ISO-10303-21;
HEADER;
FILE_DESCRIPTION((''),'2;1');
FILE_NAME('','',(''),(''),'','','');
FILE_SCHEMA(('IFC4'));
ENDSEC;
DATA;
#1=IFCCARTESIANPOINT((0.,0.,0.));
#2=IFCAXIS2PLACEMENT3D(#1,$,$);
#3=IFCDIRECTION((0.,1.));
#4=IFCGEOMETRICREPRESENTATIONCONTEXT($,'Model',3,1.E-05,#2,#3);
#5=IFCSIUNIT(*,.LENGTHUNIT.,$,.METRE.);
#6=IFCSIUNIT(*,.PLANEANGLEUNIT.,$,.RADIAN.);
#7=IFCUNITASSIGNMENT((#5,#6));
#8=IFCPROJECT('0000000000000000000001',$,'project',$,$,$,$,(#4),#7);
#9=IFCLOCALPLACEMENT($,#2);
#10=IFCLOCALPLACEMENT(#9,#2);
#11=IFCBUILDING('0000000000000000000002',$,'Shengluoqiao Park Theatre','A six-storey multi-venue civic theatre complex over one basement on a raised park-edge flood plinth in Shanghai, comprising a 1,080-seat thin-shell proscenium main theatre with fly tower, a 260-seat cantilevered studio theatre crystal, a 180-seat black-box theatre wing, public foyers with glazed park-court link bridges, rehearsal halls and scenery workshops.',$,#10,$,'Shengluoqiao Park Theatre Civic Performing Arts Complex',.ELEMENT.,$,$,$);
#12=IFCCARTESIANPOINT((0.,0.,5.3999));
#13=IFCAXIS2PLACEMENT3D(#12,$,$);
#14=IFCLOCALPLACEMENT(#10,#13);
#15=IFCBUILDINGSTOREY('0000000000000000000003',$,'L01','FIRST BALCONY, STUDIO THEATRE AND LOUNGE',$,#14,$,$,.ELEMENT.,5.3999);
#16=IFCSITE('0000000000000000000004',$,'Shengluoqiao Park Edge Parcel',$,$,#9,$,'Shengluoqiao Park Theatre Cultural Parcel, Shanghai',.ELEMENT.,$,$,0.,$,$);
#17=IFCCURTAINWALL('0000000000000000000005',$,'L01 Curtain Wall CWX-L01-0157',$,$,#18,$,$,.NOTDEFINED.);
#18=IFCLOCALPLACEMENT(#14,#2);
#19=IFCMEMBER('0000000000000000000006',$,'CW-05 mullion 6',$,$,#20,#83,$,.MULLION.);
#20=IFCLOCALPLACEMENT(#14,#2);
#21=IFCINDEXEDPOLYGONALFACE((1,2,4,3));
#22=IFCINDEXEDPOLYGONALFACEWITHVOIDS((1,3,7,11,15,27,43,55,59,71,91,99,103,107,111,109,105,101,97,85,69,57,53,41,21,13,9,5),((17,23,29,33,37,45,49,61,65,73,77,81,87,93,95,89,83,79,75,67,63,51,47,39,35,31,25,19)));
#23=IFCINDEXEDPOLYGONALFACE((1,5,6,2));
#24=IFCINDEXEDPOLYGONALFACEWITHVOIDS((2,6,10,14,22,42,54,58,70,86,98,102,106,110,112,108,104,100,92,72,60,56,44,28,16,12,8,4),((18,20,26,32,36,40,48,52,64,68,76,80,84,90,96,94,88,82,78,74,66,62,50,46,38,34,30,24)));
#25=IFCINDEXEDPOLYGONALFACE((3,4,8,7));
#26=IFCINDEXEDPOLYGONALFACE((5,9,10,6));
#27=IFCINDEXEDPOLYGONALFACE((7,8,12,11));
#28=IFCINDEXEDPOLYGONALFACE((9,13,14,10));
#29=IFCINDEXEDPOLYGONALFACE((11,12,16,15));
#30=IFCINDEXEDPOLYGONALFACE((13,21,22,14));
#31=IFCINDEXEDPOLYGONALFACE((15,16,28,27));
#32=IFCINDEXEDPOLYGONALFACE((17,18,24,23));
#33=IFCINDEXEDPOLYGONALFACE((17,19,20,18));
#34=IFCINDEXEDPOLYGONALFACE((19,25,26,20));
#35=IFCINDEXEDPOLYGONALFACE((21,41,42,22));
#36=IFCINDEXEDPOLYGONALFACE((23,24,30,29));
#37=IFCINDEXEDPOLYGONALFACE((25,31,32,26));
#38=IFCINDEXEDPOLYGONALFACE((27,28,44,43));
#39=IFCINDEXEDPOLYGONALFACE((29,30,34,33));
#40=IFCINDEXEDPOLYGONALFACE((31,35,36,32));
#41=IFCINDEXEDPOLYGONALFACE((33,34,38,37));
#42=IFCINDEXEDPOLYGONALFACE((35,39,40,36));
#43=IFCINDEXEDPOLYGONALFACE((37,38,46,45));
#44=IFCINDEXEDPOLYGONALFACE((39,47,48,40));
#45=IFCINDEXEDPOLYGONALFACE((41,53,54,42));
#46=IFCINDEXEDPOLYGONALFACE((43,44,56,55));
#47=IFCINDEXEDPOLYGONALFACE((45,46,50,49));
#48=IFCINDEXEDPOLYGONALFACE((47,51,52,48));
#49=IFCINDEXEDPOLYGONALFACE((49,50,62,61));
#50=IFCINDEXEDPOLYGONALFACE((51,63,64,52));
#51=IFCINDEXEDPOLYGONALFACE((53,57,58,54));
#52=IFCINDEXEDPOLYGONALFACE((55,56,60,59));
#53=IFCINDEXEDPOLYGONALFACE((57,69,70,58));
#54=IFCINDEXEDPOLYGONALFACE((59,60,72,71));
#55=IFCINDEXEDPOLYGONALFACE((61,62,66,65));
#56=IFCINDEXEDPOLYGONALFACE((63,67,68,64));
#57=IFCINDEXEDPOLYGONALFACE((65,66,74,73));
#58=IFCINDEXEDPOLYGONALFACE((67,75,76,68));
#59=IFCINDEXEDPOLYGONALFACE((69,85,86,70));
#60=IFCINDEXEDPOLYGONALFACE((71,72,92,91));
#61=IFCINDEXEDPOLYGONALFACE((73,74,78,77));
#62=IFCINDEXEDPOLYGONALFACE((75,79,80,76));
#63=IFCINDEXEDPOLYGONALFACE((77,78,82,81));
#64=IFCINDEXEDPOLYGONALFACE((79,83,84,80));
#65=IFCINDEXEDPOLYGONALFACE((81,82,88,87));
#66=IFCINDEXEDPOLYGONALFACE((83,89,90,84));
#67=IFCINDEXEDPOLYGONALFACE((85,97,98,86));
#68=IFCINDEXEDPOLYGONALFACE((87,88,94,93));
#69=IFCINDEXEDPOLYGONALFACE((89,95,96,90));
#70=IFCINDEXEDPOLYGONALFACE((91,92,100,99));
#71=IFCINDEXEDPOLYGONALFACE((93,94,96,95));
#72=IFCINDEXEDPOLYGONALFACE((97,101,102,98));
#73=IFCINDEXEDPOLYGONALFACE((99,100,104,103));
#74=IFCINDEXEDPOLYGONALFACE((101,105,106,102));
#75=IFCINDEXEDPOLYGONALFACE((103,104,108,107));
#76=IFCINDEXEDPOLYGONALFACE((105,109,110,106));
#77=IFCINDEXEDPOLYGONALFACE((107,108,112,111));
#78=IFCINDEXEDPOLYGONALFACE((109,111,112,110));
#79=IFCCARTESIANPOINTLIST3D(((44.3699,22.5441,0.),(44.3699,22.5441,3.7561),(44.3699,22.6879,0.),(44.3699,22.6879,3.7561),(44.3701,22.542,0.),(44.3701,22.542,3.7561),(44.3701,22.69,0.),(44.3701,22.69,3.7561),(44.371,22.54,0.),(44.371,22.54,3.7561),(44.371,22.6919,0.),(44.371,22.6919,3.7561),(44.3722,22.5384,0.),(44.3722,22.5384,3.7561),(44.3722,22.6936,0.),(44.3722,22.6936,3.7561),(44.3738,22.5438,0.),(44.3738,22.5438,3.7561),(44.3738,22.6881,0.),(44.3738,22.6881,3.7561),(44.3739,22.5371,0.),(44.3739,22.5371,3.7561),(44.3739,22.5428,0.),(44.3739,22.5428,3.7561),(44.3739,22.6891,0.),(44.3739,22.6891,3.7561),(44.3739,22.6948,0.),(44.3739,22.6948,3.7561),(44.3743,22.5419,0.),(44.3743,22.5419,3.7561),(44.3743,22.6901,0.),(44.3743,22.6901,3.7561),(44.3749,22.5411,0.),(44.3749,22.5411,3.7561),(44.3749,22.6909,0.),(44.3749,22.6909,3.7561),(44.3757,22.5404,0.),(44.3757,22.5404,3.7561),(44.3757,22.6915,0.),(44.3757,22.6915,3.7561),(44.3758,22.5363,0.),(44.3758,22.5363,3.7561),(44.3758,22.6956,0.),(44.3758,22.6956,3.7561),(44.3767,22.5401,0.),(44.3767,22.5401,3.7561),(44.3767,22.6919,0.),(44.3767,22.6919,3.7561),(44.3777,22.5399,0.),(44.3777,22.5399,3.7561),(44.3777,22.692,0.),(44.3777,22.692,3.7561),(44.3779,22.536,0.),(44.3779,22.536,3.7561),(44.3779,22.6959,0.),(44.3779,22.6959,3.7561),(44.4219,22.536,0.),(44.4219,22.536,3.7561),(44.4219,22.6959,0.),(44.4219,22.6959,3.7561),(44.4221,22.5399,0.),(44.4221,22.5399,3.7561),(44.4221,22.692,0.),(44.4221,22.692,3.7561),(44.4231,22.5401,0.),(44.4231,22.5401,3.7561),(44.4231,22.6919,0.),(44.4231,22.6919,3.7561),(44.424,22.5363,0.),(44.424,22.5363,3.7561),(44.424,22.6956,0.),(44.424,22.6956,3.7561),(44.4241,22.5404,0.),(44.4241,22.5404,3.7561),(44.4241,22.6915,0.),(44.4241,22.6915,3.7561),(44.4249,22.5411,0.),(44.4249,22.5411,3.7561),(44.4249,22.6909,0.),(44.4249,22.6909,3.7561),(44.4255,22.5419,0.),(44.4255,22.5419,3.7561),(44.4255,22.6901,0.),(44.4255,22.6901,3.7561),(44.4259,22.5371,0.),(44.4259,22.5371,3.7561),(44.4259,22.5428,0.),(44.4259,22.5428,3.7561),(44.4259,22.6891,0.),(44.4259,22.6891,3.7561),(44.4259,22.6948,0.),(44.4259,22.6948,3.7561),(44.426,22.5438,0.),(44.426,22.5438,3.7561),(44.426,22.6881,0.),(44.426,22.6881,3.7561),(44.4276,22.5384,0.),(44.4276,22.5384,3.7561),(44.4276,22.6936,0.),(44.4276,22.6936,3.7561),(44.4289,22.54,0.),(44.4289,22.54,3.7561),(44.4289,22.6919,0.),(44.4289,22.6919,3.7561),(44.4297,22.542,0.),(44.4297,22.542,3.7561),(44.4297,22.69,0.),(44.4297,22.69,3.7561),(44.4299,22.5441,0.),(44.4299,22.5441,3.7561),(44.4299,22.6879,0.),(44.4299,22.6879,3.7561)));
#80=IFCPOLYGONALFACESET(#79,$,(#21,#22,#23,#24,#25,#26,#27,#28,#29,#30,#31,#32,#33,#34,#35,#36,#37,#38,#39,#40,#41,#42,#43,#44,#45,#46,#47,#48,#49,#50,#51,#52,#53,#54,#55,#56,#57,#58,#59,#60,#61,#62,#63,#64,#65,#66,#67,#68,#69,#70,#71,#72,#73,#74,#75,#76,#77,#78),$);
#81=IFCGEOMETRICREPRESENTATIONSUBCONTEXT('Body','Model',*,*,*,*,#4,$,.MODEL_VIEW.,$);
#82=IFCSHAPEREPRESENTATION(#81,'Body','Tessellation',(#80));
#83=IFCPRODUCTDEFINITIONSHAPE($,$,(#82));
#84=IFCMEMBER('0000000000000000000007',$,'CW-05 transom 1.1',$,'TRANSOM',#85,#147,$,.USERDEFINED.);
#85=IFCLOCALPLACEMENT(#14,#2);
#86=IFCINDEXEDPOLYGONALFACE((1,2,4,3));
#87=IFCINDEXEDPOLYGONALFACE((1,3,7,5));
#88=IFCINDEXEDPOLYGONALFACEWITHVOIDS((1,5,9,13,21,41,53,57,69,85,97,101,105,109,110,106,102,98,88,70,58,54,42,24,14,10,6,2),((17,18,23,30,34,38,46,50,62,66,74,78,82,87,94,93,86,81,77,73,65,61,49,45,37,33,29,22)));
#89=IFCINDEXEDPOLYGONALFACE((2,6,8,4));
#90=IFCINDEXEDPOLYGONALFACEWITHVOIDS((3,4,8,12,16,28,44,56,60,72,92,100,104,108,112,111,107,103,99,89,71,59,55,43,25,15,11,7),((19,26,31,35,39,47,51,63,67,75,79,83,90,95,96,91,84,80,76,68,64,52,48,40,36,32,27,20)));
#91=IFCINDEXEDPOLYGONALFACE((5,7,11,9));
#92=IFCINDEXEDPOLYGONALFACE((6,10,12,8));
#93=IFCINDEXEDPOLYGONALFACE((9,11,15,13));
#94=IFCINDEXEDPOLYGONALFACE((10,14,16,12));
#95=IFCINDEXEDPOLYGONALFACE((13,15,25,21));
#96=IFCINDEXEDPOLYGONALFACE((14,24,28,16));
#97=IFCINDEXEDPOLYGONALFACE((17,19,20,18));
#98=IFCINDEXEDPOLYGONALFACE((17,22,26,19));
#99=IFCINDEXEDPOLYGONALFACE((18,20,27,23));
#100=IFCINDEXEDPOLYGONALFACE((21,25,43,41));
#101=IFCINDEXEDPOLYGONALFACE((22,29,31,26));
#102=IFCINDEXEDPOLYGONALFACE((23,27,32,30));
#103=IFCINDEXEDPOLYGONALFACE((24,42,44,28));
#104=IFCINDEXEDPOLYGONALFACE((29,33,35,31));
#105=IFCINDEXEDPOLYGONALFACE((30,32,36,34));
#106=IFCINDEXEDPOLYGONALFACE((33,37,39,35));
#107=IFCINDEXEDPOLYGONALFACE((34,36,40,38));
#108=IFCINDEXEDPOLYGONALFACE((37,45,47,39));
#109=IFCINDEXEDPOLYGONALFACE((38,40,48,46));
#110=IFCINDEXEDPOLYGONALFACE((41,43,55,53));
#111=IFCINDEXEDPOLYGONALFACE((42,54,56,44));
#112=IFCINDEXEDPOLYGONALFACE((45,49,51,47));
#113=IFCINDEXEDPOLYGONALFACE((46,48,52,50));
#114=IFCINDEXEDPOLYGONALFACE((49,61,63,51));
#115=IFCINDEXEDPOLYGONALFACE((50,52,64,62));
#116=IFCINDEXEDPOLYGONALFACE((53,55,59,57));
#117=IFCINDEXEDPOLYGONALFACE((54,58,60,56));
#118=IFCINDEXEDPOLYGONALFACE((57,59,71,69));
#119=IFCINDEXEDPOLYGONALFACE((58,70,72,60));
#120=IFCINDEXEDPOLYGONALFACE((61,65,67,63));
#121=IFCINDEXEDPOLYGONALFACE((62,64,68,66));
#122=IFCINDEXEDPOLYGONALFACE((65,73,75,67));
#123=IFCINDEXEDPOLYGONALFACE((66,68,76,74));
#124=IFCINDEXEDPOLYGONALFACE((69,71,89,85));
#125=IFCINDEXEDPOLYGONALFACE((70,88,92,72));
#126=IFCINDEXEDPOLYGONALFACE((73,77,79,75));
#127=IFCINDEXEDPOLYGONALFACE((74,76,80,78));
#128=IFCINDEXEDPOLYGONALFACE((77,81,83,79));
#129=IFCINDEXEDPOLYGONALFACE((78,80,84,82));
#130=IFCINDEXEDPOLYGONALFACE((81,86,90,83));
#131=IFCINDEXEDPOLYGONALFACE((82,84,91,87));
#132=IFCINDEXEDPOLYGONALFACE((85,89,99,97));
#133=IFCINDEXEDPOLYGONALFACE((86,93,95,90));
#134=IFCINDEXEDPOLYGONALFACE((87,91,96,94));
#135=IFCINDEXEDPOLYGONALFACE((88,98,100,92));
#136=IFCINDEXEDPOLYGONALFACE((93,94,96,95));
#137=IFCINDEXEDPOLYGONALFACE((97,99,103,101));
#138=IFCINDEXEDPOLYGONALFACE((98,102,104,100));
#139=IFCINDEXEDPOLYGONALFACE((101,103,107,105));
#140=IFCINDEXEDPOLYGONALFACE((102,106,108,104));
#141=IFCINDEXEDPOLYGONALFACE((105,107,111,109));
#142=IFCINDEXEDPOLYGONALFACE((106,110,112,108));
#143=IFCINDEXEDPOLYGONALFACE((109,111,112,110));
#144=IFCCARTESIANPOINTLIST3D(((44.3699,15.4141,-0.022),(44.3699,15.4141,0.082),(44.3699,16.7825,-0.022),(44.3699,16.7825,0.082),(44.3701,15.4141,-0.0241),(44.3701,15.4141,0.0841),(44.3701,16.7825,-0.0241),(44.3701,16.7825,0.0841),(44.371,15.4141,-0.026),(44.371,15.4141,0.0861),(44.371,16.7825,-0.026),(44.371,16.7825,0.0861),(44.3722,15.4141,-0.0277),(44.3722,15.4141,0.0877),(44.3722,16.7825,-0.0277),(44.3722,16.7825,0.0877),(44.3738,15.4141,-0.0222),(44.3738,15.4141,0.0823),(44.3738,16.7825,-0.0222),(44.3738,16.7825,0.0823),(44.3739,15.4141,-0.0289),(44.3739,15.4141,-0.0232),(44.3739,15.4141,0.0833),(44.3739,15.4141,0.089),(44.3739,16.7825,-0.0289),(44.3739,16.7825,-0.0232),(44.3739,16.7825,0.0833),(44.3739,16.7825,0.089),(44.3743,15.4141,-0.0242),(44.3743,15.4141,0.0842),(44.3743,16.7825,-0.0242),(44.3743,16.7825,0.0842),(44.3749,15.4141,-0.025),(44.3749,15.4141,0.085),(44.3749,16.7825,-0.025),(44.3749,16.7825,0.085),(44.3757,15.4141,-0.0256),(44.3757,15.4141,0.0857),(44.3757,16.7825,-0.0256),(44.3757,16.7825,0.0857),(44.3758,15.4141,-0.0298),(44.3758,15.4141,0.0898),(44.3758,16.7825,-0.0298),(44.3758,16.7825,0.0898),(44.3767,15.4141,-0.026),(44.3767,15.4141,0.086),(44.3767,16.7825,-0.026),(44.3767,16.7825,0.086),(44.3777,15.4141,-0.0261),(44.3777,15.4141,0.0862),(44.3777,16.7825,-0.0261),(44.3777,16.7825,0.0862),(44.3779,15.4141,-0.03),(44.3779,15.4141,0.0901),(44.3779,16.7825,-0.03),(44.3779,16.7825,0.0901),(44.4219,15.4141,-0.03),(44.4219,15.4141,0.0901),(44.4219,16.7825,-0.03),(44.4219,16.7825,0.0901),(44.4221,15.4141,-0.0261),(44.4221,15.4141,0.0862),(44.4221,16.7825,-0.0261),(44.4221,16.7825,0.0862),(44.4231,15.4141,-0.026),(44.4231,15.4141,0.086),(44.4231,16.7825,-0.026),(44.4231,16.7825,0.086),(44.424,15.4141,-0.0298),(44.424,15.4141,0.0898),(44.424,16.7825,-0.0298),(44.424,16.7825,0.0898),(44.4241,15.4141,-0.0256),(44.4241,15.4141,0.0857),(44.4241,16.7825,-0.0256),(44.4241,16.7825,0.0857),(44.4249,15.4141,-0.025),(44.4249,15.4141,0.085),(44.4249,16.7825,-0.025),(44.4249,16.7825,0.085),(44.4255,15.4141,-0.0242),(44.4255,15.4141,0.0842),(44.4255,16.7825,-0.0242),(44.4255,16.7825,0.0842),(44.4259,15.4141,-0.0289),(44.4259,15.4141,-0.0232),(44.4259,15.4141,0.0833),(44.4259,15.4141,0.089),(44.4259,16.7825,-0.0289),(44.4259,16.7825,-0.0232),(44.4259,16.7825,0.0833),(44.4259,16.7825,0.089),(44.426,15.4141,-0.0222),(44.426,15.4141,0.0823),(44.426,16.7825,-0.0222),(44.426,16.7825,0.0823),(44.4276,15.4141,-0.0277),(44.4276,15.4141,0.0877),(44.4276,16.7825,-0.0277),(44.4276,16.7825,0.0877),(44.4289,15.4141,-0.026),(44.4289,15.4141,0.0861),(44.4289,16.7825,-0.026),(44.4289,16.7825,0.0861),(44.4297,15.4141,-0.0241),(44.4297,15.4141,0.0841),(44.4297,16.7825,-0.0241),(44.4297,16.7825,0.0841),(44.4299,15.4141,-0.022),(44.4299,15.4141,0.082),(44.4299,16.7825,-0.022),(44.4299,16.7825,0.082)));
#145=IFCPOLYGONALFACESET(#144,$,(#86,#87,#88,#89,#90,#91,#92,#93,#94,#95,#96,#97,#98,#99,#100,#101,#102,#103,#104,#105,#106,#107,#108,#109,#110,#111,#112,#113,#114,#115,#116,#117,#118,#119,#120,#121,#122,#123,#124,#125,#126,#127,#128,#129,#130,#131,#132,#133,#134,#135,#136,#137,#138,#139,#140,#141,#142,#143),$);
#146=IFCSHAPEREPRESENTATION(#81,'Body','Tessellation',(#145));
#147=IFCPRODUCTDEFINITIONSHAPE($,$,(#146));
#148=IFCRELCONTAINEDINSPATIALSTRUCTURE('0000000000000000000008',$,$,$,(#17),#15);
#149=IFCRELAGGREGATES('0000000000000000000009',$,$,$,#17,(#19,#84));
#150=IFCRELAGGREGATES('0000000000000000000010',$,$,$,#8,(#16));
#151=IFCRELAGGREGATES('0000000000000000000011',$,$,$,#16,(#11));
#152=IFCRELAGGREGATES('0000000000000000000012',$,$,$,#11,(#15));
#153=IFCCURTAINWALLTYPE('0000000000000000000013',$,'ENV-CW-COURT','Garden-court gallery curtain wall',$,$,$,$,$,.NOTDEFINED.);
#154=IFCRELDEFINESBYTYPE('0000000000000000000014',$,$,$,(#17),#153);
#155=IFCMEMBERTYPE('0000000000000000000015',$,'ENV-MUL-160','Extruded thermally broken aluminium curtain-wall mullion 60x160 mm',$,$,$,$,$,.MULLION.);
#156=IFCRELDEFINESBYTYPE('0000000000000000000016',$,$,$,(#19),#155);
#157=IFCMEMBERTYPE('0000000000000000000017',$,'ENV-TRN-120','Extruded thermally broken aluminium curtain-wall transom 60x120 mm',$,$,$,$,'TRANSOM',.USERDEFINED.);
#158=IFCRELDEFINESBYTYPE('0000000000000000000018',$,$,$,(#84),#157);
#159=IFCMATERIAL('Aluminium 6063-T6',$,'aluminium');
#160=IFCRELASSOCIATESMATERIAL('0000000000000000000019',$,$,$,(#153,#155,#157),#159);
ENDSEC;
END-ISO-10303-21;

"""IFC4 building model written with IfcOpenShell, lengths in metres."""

from ifc_helpers import new_model, si_unit, direction, frame, origin, origin_2d, place, context, subcontext, project, spatial, hollow_rectangle, extrude, material, material_profile, profile_set, type_object, element, aggregate, save


model = new_model("IFC4")

# Units and contexts
model_context = context("Model", 3, precision=1e-05, world=origin(), true_north=direction((0.0, 1.0)))
body_context = subcontext(model_context, "Body", "Model", "MODEL_VIEW")
ifc_project = project(units=[si_unit("LENGTHUNIT", "METRE"), si_unit("PLANEANGLEUNIT", "RADIAN")], contexts=[model_context])

# Site, building, storey
site_placement = place(None, origin())
site = spatial("IfcSite", under=ifc_project, at=site_placement, Name="Shengluoqiao Park Edge Parcel", LongName="Shengluoqiao Park Theatre Cultural Parcel, Shanghai", CompositionType="ELEMENT", RefElevation=0.0)
building_placement = place(site_placement, origin())
building = spatial("IfcBuilding", under=site, at=building_placement, Name="Shengluoqiao Park Theatre", Description="A six-storey multi-venue civic theatre complex over one basement on a raised park-edge flood plinth in Shanghai, comprising a 1,080-seat thin-shell proscenium main theatre with fly tower, a 260-seat cantilevered studio theatre crystal, a 180-seat black-box theatre wing, public foyers with glazed park-court link bridges, rehearsal halls and scenery workshops.", LongName="Shengluoqiao Park Theatre Civic Performing Arts Complex", CompositionType="ELEMENT")
storey_placement = place(building_placement, frame((0.0, 0.0, 5.3999)))
storey = spatial("IfcBuildingStorey", under=building, at=storey_placement, Name="L01", Description="FIRST BALCONY, STUDIO THEATRE AND LOUNGE", CompositionType="ELEMENT", Elevation=5.3999)

# Curtain wall, members
ifc_material_1 = material(Name="Aluminium 6063-T6", Category="aluminium")
curtain_wall_type = type_object("IfcCurtainWallType", Name="ENV-CW-COURT", Description="Garden-court gallery curtain wall", PredefinedType="NOTDEFINED", material=ifc_material_1)
curtain_wall_placement = place(storey_placement, origin())
curtain_wall = element("IfcCurtainWall", 1, at=curtain_wall_placement, inside=storey, type_object=curtain_wall_type, Name="L01 Curtain Wall CWX-L01-0157", PredefinedType="NOTDEFINED")
ifc_material_profile_1 = material_profile(ifc_material_1, hollow_rectangle(XDim=0.0601, YDim=0.1599, WallThickness=0.0039, InnerFilletRadius=0.0039, OuterFilletRadius=0.0081, at=origin_2d()), Name="ALU MULLION 160x60x4")
ifc_profile_set_1 = profile_set([ifc_material_profile_1], Name="Aluminium 6063-T6")
member_type_1 = type_object("IfcMemberType", Name="ENV-MUL-160", Description="Extruded thermally broken aluminium curtain-wall mullion 60x160 mm", PredefinedType="MULLION", material=ifc_profile_set_1)
member_1_placement = place(storey_placement, frame((44.3999, 22.616, 0.0), z_axis=(0.0, 0.0, 1.0), x_axis=(-1.0, 0.0, 0.0)))
member_1 = element("IfcMember", 2, at=member_1_placement, type_object=member_type_1, Name="CW-05 mullion 6", PredefinedType="MULLION", context=body_context, shape_type="SweptSolid", body=[
    extrude(hollow_rectangle(XDim=0.0601, YDim=0.1599, WallThickness=0.0039, InnerFilletRadius=0.0039, OuterFilletRadius=0.0081, at=origin_2d()), origin(), (0.0, 0.0, 1.0), 3.7561),
])
ifc_material_profile_2 = material_profile(ifc_material_1, hollow_rectangle(XDim=0.0601, YDim=0.1201, WallThickness=0.0039, InnerFilletRadius=0.0039, OuterFilletRadius=0.0081, at=origin_2d()), Name="ALU TRANSOM 120x60x4")
ifc_profile_set_2 = profile_set([ifc_material_profile_2], Name="Aluminium 6063-T6")
member_type_2 = type_object("IfcMemberType", Name="ENV-TRN-120", Description="Extruded thermally broken aluminium curtain-wall transom 60x120 mm", ElementType="TRANSOM", PredefinedType="USERDEFINED", material=ifc_profile_set_2)
member_2_placement = place(storey_placement, frame((44.3999, 15.4141, 0.03), z_axis=(0.0, 1.0, 0.0), x_axis=(-1.0, 0.0, 0.0)))
member_2 = element("IfcMember", 3, at=member_2_placement, type_object=member_type_2, Name="CW-05 transom 1.1", ObjectType="TRANSOM", PredefinedType="USERDEFINED", context=body_context, shape_type="SweptSolid", body=[
    extrude(hollow_rectangle(XDim=0.0601, YDim=0.1201, WallThickness=0.0039, InnerFilletRadius=0.0039, OuterFilletRadius=0.0081, at=origin_2d()), origin(), (0.0, 0.0, 1.0), 1.3684),
])
aggregate(curtain_wall, [member_1, member_2])

save(model, "model.ifc")
